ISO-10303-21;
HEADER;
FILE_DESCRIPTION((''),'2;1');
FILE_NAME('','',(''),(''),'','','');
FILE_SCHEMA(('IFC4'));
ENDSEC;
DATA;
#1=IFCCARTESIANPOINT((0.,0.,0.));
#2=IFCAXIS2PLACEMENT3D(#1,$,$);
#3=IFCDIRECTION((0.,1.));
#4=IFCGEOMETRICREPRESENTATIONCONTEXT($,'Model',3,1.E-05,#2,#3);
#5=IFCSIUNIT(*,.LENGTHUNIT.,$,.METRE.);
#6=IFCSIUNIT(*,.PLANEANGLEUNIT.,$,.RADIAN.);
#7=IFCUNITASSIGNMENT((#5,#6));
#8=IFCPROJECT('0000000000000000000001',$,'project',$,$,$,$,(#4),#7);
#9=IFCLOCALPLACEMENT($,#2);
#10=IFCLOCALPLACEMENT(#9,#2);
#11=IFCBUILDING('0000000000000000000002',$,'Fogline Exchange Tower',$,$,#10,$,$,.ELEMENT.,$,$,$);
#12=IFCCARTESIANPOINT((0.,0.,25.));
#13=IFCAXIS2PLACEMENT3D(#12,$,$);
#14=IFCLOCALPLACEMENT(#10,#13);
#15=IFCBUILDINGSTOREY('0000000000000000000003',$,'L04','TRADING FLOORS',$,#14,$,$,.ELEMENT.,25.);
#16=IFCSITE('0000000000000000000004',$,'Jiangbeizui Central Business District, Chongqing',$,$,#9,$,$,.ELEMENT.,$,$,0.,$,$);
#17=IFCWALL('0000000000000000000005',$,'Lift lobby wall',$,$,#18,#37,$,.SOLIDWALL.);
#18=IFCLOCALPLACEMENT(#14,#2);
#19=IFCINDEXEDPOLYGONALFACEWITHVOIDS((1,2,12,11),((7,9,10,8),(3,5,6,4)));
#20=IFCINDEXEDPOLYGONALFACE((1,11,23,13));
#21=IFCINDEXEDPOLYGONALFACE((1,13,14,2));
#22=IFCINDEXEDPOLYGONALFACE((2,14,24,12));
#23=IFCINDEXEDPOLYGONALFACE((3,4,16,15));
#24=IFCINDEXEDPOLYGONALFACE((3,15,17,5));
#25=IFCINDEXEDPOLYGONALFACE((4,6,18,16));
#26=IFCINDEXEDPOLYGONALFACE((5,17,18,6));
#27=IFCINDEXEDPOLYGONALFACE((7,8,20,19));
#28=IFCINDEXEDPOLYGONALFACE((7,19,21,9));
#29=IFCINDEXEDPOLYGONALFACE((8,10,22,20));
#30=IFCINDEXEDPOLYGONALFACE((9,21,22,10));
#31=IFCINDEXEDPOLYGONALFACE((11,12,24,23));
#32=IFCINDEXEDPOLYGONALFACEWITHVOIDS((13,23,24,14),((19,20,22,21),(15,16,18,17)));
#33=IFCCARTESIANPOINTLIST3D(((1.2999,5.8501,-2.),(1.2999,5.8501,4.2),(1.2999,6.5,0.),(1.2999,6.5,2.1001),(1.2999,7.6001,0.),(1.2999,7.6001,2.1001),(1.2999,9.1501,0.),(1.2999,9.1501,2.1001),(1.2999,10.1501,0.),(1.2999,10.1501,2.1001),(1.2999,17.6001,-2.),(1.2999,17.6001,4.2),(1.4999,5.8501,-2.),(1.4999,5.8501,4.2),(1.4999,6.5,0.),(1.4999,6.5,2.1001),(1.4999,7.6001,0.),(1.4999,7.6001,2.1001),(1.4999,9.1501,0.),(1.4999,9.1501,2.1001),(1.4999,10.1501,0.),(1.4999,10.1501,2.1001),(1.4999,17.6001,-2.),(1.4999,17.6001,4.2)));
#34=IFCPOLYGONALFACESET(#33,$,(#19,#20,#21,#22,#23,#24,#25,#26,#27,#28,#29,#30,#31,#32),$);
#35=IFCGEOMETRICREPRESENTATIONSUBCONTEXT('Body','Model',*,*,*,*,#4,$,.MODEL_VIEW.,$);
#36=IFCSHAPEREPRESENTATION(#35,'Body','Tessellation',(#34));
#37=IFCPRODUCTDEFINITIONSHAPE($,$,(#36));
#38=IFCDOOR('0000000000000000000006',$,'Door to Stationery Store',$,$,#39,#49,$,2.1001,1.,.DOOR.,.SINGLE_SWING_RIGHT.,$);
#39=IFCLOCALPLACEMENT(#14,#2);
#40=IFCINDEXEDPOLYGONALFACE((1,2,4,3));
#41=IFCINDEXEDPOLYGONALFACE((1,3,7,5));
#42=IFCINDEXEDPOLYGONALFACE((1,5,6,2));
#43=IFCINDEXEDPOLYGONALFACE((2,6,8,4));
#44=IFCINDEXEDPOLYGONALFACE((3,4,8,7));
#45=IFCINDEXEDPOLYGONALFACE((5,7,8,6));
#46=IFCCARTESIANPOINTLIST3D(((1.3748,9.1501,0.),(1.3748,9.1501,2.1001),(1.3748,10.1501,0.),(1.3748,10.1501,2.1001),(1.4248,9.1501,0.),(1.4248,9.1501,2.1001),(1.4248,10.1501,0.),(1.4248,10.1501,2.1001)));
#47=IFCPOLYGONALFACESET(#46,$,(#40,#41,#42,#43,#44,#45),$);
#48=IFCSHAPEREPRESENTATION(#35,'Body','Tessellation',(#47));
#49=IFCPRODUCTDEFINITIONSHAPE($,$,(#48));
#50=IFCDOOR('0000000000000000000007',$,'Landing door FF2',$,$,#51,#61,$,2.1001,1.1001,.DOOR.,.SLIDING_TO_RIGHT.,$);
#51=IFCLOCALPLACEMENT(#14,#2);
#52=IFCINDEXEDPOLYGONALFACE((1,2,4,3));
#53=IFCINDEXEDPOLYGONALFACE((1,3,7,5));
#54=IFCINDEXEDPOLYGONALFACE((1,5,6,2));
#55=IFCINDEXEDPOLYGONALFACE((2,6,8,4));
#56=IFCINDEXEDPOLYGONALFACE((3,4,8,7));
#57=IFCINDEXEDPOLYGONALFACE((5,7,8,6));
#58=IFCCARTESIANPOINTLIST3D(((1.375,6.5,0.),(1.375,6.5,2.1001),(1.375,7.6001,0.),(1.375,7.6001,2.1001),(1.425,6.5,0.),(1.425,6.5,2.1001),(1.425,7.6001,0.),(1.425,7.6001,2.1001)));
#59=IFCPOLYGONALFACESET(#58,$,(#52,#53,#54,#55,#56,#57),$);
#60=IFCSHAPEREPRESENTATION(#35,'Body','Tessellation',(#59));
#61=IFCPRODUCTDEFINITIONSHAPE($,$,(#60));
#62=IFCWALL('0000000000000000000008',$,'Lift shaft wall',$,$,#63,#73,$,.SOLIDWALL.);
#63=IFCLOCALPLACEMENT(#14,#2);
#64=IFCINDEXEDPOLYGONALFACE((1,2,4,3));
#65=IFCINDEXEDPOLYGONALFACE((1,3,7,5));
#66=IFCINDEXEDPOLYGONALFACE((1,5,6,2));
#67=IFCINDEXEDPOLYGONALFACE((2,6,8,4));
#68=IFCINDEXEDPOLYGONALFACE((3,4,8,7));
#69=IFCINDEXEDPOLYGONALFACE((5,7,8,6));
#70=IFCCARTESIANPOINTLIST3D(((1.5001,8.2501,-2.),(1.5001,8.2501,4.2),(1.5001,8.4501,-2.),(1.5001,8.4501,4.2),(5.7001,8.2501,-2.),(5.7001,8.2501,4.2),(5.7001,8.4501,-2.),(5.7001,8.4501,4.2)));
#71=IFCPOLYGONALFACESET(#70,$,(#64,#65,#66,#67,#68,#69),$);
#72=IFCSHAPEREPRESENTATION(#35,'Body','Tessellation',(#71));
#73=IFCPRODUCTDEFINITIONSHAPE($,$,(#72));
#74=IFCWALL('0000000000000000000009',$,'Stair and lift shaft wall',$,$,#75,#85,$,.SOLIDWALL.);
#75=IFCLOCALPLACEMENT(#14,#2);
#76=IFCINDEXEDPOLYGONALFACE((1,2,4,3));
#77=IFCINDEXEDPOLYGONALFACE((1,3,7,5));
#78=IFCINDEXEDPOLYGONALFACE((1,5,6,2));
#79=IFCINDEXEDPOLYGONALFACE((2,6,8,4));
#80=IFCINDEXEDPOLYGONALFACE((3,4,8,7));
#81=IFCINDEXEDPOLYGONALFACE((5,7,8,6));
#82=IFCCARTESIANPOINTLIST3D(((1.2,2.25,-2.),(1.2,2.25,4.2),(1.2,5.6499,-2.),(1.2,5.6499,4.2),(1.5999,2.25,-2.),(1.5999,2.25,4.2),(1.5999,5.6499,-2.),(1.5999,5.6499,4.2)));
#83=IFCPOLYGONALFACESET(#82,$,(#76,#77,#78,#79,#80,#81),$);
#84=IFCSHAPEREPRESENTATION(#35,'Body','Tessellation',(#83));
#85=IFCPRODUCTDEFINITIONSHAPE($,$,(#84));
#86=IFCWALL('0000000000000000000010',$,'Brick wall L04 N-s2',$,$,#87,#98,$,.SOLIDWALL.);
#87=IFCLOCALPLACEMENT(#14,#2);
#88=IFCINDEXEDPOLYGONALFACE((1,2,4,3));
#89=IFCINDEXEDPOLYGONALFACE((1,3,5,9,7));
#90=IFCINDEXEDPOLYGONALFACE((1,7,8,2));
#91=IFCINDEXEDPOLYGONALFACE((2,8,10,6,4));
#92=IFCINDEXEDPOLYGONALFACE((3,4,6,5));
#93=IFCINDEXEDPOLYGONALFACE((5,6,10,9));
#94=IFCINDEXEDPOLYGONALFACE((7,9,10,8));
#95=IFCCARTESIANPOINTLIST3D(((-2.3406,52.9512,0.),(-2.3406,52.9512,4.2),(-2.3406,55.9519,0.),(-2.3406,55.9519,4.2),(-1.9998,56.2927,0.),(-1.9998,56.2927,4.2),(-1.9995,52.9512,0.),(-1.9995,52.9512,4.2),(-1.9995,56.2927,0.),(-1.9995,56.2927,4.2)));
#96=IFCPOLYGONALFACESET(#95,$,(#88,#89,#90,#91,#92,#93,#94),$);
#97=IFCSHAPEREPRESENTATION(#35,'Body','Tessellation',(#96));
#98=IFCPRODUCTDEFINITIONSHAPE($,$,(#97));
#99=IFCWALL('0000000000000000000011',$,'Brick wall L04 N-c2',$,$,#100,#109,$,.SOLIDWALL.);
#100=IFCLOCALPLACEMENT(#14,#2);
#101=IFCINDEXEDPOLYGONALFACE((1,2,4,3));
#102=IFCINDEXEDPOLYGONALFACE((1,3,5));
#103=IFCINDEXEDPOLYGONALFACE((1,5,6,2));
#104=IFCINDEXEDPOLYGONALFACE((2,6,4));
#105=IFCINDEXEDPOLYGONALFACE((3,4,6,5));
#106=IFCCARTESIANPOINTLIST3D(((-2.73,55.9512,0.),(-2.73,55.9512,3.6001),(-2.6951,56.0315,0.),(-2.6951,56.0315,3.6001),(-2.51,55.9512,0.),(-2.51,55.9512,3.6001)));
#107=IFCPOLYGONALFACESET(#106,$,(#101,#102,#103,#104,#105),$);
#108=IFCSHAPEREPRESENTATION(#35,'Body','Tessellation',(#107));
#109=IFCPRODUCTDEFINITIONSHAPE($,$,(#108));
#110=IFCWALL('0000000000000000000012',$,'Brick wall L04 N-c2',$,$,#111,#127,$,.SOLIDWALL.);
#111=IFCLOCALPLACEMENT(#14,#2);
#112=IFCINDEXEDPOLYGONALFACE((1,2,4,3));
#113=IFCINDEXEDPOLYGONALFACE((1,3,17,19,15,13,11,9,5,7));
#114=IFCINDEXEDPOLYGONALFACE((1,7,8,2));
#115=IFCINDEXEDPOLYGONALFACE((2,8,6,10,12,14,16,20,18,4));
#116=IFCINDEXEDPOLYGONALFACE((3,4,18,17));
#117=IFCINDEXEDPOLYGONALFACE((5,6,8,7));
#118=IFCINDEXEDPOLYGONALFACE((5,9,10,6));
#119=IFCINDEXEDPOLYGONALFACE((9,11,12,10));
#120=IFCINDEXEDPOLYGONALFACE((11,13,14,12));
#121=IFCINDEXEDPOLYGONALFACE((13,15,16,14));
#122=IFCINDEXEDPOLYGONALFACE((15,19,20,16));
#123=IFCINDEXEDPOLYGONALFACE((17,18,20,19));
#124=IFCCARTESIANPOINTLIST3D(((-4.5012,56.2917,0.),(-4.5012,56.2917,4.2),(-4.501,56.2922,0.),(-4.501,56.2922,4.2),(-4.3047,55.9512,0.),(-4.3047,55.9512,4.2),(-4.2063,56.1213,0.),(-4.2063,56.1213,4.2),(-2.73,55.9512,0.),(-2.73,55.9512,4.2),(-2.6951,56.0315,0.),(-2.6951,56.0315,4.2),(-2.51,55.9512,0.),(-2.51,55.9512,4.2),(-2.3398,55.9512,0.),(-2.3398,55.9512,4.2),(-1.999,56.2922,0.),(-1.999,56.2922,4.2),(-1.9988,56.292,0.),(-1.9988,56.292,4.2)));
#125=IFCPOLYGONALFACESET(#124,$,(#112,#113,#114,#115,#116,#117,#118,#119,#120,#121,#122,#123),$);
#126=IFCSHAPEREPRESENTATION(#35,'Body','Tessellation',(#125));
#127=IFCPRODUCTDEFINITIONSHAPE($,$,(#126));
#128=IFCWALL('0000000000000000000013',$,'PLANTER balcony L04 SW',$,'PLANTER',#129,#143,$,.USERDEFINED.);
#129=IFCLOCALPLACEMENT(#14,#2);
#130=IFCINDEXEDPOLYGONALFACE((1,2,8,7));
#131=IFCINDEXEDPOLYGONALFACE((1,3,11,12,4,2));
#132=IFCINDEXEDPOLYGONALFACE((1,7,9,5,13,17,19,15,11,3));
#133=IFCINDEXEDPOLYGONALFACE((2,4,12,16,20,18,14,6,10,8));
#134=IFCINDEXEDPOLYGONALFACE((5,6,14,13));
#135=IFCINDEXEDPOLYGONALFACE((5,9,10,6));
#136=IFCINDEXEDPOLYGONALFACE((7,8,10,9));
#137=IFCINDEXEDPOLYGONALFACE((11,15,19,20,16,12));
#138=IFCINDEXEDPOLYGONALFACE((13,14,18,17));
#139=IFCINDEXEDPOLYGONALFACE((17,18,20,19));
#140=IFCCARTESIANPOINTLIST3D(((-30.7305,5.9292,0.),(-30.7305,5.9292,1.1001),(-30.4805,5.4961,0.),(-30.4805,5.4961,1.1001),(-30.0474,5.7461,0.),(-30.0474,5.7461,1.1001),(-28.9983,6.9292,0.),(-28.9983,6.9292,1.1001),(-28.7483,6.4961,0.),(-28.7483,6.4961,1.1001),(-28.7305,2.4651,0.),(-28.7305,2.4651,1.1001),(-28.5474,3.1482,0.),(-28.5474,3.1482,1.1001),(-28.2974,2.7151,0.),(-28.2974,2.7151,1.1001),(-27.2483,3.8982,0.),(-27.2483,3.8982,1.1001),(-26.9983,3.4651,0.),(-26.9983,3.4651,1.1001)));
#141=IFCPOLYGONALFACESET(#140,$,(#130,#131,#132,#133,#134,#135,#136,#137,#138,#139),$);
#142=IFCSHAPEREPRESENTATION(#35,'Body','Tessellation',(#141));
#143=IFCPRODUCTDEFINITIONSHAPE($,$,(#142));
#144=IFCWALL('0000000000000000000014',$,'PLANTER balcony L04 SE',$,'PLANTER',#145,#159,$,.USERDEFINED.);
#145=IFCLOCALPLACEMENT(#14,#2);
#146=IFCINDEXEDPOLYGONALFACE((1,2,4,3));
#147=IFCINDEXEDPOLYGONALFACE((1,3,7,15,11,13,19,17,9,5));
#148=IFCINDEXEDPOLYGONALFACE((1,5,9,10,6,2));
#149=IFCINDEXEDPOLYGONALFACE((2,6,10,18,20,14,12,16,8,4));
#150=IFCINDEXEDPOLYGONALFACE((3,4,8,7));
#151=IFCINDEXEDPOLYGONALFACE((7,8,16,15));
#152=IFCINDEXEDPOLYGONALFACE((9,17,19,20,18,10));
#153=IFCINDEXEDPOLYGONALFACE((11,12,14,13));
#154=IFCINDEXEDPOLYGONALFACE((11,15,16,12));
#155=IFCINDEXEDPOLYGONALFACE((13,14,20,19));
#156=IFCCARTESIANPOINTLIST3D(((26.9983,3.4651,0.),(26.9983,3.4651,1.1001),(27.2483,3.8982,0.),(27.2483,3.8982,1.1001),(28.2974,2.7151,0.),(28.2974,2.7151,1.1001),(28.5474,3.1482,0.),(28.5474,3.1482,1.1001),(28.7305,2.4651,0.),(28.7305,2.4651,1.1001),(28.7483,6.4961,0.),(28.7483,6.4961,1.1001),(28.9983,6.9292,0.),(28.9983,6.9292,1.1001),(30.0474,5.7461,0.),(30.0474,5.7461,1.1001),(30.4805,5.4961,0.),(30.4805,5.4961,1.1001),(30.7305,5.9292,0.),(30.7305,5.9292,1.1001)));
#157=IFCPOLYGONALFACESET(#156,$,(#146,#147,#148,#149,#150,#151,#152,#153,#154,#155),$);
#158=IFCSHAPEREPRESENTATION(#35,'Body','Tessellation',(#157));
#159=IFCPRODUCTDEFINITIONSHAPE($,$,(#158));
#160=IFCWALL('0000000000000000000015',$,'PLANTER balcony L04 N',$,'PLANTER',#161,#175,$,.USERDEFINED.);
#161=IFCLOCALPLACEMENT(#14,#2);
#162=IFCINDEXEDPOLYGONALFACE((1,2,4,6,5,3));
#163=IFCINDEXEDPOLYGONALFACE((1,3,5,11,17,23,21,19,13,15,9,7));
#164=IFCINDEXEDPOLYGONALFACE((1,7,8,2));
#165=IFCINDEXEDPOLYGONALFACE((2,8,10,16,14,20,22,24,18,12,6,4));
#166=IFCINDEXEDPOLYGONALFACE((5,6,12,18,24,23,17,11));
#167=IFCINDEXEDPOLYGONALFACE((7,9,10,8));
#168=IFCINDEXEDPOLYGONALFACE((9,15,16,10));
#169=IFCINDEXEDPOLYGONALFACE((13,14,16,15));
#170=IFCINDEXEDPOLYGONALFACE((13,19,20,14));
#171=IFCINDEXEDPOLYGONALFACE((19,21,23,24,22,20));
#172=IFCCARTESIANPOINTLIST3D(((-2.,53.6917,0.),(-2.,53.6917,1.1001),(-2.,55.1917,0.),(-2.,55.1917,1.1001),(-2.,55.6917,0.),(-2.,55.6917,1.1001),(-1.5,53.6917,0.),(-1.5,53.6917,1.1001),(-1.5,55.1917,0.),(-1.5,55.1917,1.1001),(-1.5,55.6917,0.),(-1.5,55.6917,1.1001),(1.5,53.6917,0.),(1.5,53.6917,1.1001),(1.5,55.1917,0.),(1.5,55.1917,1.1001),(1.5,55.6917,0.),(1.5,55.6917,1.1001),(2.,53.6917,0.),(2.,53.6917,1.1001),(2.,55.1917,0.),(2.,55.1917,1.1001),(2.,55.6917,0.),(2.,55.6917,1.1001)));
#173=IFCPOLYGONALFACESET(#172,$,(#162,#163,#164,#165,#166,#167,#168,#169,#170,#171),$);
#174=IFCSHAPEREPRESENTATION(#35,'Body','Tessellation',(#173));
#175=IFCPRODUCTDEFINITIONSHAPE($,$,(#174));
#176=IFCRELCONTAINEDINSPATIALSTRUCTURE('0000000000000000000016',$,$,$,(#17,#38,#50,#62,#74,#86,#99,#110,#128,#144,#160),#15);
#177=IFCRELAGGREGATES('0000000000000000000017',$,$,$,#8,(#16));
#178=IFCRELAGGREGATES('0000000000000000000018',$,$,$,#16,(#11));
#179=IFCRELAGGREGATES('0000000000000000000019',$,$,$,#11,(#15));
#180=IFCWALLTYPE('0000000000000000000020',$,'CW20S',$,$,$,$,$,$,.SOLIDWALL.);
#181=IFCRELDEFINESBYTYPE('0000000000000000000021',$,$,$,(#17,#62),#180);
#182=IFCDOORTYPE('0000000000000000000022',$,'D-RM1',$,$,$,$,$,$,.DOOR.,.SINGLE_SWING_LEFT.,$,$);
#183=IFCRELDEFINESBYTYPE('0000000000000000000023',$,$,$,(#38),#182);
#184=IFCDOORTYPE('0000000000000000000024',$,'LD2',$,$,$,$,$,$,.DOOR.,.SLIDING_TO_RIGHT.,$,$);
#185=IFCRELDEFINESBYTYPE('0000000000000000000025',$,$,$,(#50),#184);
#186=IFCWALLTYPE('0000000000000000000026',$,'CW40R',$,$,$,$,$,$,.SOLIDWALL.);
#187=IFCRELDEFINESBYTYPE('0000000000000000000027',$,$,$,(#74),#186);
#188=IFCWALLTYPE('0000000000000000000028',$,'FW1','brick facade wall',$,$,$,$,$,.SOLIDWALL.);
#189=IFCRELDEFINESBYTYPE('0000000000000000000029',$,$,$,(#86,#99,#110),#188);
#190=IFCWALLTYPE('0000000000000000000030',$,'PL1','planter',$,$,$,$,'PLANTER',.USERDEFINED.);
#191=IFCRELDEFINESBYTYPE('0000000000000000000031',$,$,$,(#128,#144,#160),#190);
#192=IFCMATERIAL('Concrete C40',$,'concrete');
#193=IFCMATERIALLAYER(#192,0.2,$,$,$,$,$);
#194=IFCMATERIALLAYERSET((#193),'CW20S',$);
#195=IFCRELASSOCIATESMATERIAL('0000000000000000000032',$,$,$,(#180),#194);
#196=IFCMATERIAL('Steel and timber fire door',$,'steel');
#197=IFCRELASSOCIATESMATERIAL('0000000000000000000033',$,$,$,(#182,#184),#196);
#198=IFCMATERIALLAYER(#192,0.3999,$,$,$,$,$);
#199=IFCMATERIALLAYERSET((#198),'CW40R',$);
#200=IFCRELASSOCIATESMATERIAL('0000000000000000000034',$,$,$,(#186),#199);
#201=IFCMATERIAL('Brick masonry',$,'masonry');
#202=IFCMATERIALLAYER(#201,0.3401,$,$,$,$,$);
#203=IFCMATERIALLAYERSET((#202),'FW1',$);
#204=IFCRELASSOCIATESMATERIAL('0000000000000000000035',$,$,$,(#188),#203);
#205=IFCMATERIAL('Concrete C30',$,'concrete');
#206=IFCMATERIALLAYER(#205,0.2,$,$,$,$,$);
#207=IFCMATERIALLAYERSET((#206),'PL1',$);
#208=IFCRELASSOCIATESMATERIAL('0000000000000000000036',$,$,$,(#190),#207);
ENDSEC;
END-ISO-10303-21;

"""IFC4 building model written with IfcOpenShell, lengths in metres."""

from ifc_helpers import new_model, si_unit, direction, frame, frame_2d, origin, place, context, subcontext, project, spatial, polyline, rectangle, outline, extrude, material, layer, layer_set, type_object, element, fill, save


model = new_model("IFC4")

# Units and contexts
model_context = context("Model", 3, precision=1e-05, world=origin(), true_north=direction((0.0, 1.0)))
body_context = subcontext(model_context, "Body", "Model", "MODEL_VIEW")
ifc_project = project(units=[si_unit("LENGTHUNIT", "METRE"), si_unit("PLANEANGLEUNIT", "RADIAN")], contexts=[model_context])

# Site, building, storey
site_placement = place(None, origin())
site = spatial("IfcSite", under=ifc_project, at=site_placement, Name="Jiangbeizui Central Business District, Chongqing", CompositionType="ELEMENT", RefElevation=0.0)
building_placement = place(site_placement, origin())
building = spatial("IfcBuilding", under=site, at=building_placement, Name="Fogline Exchange Tower", CompositionType="ELEMENT")
storey_placement = place(building_placement, frame((0.0, 0.0, 25.0)))
storey = spatial("IfcBuildingStorey", under=building, at=storey_placement, Name="L04", Description="TRADING FLOORS", CompositionType="ELEMENT", Elevation=25.0)

# Shared definitions
ifc_material_1 = material(Name="Concrete C40", Category="concrete")

# Wall, openings, doors
ifc_layer_1 = layer(ifc_material_1, 0.2)
ifc_layer_set_1 = layer_set([ifc_layer_1], Name="CW20S")
wall_type_1 = type_object("IfcWallType", Name="CW20S", PredefinedType="SOLIDWALL", material=ifc_layer_set_1)
wall_1_placement = place(storey_placement, frame((1.3999, 5.8501, -2.0), z_axis=(0.0, 0.0, 1.0), x_axis=(0.0, 1.0, 0.0)))
wall_1 = element("IfcWall", 1, at=wall_1_placement, inside=storey, type_object=wall_type_1, Name="Lift lobby wall", PredefinedType="SOLIDWALL", context=body_context, shape_type="SweptSolid", body=[
    extrude(rectangle(XDim=11.75, YDim=0.2, at=frame_2d((5.875, 0.0))), origin(), (0.0, 0.0, 1.0), 6.2),
])
opening_1_placement = place(wall_1_placement, frame((0.6499, 0.0, 2.0)))
opening_1 = element("IfcOpeningElement", 2, at=opening_1_placement, cuts=wall_1, PredefinedType="OPENING", context=body_context, shape_type="SweptSolid", body=[
    extrude(rectangle(XDim=1.1001, YDim=2.1001, at=frame_2d((0.55, 1.05))), frame((0.0, 0.1099, 0.0), z_axis=(0.0, -1.0, 0.0), x_axis=(1.0, 0.0, 0.0)), (0.0, 0.0, 1.0), 0.22),
])
opening_2_placement = place(wall_1_placement, frame((3.3, 0.0, 2.0)))
opening_2 = element("IfcOpeningElement", 3, at=opening_2_placement, cuts=wall_1, PredefinedType="OPENING", context=body_context, shape_type="SweptSolid", body=[
    extrude(rectangle(XDim=1.0, YDim=2.1001, at=frame_2d((0.5, 1.05))), frame((0.0, 0.1099, 0.0), z_axis=(0.0, -1.0, 0.0), x_axis=(1.0, 0.0, 0.0)), (0.0, 0.0, 1.0), 0.22),
])
ifc_material_2 = material(Name="Steel and timber fire door", Category="steel")
door_type_1 = type_object("IfcDoorType", Name="D-RM1", OperationType="SINGLE_SWING_LEFT", PredefinedType="DOOR", material=ifc_material_2)
door_1_placement = place(opening_2_placement, frame((1.0, 0.0, 0.0), z_axis=(0.0, 0.0, 1.0), x_axis=(-1.0, 0.0, 0.0)))
door_1 = element("IfcDoor", 4, at=door_1_placement, inside=storey, type_object=door_type_1, Name="Door to Stationery Store", OperationType="SINGLE_SWING_RIGHT", OverallHeight=2.1001, OverallWidth=1.0, PredefinedType="DOOR", context=body_context, shape_type="SweptSolid", body=[
    extrude(rectangle(XDim=1.0, YDim=2.1001, at=frame_2d((0.5, 1.05))), frame((0.0, 0.0249, 0.0), z_axis=(0.0, -1.0, 0.0), x_axis=(1.0, 0.0, 0.0)), (0.0, 0.0, 1.0), 0.05),
])
fill(opening_2, door_1)
door_type_2 = type_object("IfcDoorType", Name="LD2", OperationType="SLIDING_TO_RIGHT", PredefinedType="DOOR", material=ifc_material_2)
door_2_placement = place(opening_1_placement, origin())
door_2 = element("IfcDoor", 5, at=door_2_placement, inside=storey, type_object=door_type_2, Name="Landing door FF2", OperationType="SLIDING_TO_RIGHT", OverallHeight=2.1001, OverallWidth=1.1001, PredefinedType="DOOR", context=body_context, shape_type="SweptSolid", body=[
    extrude(rectangle(XDim=1.1001, YDim=2.1001, at=frame_2d((0.55, 1.05))), frame((0.0, 0.0249, 0.0), z_axis=(0.0, -1.0, 0.0), x_axis=(1.0, 0.0, 0.0)), (0.0, 0.0, 1.0), 0.05),
])
fill(opening_1, door_2)

# Walls
wall_2_placement = place(storey_placement, frame((1.5, 8.3501, -2.0), z_axis=(0.0, 0.0, 1.0), x_axis=(1.0, 0.0, 0.0)))
element("IfcWall", 6, at=wall_2_placement, inside=storey, type_object=wall_type_1, Name="Lift shaft wall", PredefinedType="SOLIDWALL", context=body_context, shape_type="SweptSolid", body=[
    extrude(rectangle(XDim=4.2, YDim=0.2, at=frame_2d((2.1001, 0.0))), origin(), (0.0, 0.0, 1.0), 6.2),
])
ifc_layer_2 = layer(ifc_material_1, 0.3999)
ifc_layer_set_2 = layer_set([ifc_layer_2], Name="CW40R")
wall_type_2 = type_object("IfcWallType", Name="CW40R", PredefinedType="SOLIDWALL", material=ifc_layer_set_2)
wall_3_placement = place(storey_placement, frame((1.3999, 2.25, -2.0), z_axis=(0.0, 0.0, 1.0), x_axis=(0.0, 1.0, 0.0)))
element("IfcWall", 7, at=wall_3_placement, inside=storey, type_object=wall_type_2, Name="Stair and lift shaft wall", PredefinedType="SOLIDWALL", context=body_context, shape_type="SweptSolid", body=[
    extrude(rectangle(XDim=3.3999, YDim=0.3999, at=frame_2d((1.7, 0.0))), origin(), (0.0, 0.0, 1.0), 6.2),
])
ifc_material_3 = material(Name="Brick masonry", Category="masonry")
ifc_layer_3 = layer(ifc_material_3, 0.3401)
ifc_layer_set_3 = layer_set([ifc_layer_3], Name="FW1")
wall_type_3 = type_object("IfcWallType", Name="FW1", Description="brick facade wall", PredefinedType="SOLIDWALL", material=ifc_layer_set_3)
wall_4_placement = place(storey_placement, origin())
element("IfcWall", 8, at=wall_4_placement, inside=storey, type_object=wall_type_3, Name="Brick wall L04 N-s2", PredefinedType="SOLIDWALL", context=body_context, shape_type="SweptSolid", body=[
    extrude(outline(polyline([(-1.9995, 56.2927), (-1.9995, 52.9512), (-2.3406, 52.9512), (-2.3406, 55.9519), (-1.9998, 56.2927), (-1.9995, 56.2927)])), origin(), (0.0, 0.0, 1.0), 4.2),
])
wall_5_placement = place(storey_placement, origin())
element("IfcWall", 9, at=wall_5_placement, inside=storey, type_object=wall_type_3, Name="Brick wall L04 N-c2", PredefinedType="SOLIDWALL", context=body_context, shape_type="SweptSolid", body=[
    extrude(outline(polyline([(-2.73, 55.9512), (-2.6951, 56.0315), (-2.51, 55.9512), (-2.73, 55.9512)])), origin(), (0.0, 0.0, 1.0), 3.6001),
])
wall_6_placement = place(storey_placement, origin())
element("IfcWall", 10, at=wall_6_placement, inside=storey, type_object=wall_type_3, Name="Brick wall L04 N-c2", PredefinedType="SOLIDWALL", context=body_context, shape_type="SweptSolid", body=[
    extrude(outline(polyline([(-4.2063, 56.1213), (-4.5012, 56.2917), (-4.501, 56.2922), (-1.999, 56.2922), (-1.9988, 56.292), (-2.3398, 55.9512), (-2.51, 55.9512), (-2.6951, 56.0315), (-2.73, 55.9512), (-4.3047, 55.9512), (-4.2063, 56.1213)])), origin(), (0.0, 0.0, 1.0), 4.2),
])
ifc_material_4 = material(Name="Concrete C30", Category="concrete")
ifc_layer_4 = layer(ifc_material_4, 0.2)
ifc_layer_set_4 = layer_set([ifc_layer_4], Name="PL1")
wall_type_4 = type_object("IfcWallType", Name="PL1", Description="planter", ElementType="PLANTER", PredefinedType="USERDEFINED", material=ifc_layer_set_4)
wall_7_placement = place(storey_placement, origin())
element("IfcWall", 11, at=wall_7_placement, inside=storey, type_object=wall_type_4, Name="PLANTER balcony L04 SW", ObjectType="PLANTER", PredefinedType="USERDEFINED", context=body_context, shape_type="SweptSolid", body=[
    extrude(outline(polyline([(-27.2483, 3.8982), (-28.5474, 3.1482), (-30.0474, 5.7461), (-28.7483, 6.4961), (-28.9983, 6.9292), (-30.7305, 5.9292), (-30.4805, 5.4961), (-28.7305, 2.4651), (-28.2974, 2.7151), (-28.2974, 2.7151), (-26.9983, 3.4651), (-27.2483, 3.8982)])), origin(), (0.0, 0.0, 1.0), 1.1001),
])
wall_8_placement = place(storey_placement, origin())
element("IfcWall", 12, at=wall_8_placement, inside=storey, type_object=wall_type_4, Name="PLANTER balcony L04 SE", ObjectType="PLANTER", PredefinedType="USERDEFINED", context=body_context, shape_type="SweptSolid", body=[
    extrude(outline(polyline([(26.9983, 3.4651), (28.2974, 2.7151), (28.2974, 2.7151), (28.7305, 2.4651), (30.4805, 5.4961), (30.7305, 5.9292), (28.9983, 6.9292), (28.7483, 6.4961), (30.0474, 5.7461), (28.5474, 3.1482), (27.2483, 3.8982), (26.9983, 3.4651)])), origin(), (0.0, 0.0, 1.0), 1.1001),
])
wall_9_placement = place(storey_placement, origin())
element("IfcWall", 13, at=wall_9_placement, inside=storey, type_object=wall_type_4, Name="PLANTER balcony L04 N", ObjectType="PLANTER", PredefinedType="USERDEFINED", context=body_context, shape_type="SweptSolid", body=[
    extrude(outline(polyline([(-1.5, 55.6917), (-2.0, 55.6917), (-2.0, 55.1917), (-2.0, 53.6917), (-1.5, 53.6917), (-1.5, 55.1917), (1.5, 55.1917), (1.5, 53.6917), (2.0, 53.6917), (2.0, 55.1917), (2.0, 55.6917), (1.5, 55.6917), (-1.5, 55.6917)])), origin(), (0.0, 0.0, 1.0), 1.1001),
])

save(model, "model.ifc")
